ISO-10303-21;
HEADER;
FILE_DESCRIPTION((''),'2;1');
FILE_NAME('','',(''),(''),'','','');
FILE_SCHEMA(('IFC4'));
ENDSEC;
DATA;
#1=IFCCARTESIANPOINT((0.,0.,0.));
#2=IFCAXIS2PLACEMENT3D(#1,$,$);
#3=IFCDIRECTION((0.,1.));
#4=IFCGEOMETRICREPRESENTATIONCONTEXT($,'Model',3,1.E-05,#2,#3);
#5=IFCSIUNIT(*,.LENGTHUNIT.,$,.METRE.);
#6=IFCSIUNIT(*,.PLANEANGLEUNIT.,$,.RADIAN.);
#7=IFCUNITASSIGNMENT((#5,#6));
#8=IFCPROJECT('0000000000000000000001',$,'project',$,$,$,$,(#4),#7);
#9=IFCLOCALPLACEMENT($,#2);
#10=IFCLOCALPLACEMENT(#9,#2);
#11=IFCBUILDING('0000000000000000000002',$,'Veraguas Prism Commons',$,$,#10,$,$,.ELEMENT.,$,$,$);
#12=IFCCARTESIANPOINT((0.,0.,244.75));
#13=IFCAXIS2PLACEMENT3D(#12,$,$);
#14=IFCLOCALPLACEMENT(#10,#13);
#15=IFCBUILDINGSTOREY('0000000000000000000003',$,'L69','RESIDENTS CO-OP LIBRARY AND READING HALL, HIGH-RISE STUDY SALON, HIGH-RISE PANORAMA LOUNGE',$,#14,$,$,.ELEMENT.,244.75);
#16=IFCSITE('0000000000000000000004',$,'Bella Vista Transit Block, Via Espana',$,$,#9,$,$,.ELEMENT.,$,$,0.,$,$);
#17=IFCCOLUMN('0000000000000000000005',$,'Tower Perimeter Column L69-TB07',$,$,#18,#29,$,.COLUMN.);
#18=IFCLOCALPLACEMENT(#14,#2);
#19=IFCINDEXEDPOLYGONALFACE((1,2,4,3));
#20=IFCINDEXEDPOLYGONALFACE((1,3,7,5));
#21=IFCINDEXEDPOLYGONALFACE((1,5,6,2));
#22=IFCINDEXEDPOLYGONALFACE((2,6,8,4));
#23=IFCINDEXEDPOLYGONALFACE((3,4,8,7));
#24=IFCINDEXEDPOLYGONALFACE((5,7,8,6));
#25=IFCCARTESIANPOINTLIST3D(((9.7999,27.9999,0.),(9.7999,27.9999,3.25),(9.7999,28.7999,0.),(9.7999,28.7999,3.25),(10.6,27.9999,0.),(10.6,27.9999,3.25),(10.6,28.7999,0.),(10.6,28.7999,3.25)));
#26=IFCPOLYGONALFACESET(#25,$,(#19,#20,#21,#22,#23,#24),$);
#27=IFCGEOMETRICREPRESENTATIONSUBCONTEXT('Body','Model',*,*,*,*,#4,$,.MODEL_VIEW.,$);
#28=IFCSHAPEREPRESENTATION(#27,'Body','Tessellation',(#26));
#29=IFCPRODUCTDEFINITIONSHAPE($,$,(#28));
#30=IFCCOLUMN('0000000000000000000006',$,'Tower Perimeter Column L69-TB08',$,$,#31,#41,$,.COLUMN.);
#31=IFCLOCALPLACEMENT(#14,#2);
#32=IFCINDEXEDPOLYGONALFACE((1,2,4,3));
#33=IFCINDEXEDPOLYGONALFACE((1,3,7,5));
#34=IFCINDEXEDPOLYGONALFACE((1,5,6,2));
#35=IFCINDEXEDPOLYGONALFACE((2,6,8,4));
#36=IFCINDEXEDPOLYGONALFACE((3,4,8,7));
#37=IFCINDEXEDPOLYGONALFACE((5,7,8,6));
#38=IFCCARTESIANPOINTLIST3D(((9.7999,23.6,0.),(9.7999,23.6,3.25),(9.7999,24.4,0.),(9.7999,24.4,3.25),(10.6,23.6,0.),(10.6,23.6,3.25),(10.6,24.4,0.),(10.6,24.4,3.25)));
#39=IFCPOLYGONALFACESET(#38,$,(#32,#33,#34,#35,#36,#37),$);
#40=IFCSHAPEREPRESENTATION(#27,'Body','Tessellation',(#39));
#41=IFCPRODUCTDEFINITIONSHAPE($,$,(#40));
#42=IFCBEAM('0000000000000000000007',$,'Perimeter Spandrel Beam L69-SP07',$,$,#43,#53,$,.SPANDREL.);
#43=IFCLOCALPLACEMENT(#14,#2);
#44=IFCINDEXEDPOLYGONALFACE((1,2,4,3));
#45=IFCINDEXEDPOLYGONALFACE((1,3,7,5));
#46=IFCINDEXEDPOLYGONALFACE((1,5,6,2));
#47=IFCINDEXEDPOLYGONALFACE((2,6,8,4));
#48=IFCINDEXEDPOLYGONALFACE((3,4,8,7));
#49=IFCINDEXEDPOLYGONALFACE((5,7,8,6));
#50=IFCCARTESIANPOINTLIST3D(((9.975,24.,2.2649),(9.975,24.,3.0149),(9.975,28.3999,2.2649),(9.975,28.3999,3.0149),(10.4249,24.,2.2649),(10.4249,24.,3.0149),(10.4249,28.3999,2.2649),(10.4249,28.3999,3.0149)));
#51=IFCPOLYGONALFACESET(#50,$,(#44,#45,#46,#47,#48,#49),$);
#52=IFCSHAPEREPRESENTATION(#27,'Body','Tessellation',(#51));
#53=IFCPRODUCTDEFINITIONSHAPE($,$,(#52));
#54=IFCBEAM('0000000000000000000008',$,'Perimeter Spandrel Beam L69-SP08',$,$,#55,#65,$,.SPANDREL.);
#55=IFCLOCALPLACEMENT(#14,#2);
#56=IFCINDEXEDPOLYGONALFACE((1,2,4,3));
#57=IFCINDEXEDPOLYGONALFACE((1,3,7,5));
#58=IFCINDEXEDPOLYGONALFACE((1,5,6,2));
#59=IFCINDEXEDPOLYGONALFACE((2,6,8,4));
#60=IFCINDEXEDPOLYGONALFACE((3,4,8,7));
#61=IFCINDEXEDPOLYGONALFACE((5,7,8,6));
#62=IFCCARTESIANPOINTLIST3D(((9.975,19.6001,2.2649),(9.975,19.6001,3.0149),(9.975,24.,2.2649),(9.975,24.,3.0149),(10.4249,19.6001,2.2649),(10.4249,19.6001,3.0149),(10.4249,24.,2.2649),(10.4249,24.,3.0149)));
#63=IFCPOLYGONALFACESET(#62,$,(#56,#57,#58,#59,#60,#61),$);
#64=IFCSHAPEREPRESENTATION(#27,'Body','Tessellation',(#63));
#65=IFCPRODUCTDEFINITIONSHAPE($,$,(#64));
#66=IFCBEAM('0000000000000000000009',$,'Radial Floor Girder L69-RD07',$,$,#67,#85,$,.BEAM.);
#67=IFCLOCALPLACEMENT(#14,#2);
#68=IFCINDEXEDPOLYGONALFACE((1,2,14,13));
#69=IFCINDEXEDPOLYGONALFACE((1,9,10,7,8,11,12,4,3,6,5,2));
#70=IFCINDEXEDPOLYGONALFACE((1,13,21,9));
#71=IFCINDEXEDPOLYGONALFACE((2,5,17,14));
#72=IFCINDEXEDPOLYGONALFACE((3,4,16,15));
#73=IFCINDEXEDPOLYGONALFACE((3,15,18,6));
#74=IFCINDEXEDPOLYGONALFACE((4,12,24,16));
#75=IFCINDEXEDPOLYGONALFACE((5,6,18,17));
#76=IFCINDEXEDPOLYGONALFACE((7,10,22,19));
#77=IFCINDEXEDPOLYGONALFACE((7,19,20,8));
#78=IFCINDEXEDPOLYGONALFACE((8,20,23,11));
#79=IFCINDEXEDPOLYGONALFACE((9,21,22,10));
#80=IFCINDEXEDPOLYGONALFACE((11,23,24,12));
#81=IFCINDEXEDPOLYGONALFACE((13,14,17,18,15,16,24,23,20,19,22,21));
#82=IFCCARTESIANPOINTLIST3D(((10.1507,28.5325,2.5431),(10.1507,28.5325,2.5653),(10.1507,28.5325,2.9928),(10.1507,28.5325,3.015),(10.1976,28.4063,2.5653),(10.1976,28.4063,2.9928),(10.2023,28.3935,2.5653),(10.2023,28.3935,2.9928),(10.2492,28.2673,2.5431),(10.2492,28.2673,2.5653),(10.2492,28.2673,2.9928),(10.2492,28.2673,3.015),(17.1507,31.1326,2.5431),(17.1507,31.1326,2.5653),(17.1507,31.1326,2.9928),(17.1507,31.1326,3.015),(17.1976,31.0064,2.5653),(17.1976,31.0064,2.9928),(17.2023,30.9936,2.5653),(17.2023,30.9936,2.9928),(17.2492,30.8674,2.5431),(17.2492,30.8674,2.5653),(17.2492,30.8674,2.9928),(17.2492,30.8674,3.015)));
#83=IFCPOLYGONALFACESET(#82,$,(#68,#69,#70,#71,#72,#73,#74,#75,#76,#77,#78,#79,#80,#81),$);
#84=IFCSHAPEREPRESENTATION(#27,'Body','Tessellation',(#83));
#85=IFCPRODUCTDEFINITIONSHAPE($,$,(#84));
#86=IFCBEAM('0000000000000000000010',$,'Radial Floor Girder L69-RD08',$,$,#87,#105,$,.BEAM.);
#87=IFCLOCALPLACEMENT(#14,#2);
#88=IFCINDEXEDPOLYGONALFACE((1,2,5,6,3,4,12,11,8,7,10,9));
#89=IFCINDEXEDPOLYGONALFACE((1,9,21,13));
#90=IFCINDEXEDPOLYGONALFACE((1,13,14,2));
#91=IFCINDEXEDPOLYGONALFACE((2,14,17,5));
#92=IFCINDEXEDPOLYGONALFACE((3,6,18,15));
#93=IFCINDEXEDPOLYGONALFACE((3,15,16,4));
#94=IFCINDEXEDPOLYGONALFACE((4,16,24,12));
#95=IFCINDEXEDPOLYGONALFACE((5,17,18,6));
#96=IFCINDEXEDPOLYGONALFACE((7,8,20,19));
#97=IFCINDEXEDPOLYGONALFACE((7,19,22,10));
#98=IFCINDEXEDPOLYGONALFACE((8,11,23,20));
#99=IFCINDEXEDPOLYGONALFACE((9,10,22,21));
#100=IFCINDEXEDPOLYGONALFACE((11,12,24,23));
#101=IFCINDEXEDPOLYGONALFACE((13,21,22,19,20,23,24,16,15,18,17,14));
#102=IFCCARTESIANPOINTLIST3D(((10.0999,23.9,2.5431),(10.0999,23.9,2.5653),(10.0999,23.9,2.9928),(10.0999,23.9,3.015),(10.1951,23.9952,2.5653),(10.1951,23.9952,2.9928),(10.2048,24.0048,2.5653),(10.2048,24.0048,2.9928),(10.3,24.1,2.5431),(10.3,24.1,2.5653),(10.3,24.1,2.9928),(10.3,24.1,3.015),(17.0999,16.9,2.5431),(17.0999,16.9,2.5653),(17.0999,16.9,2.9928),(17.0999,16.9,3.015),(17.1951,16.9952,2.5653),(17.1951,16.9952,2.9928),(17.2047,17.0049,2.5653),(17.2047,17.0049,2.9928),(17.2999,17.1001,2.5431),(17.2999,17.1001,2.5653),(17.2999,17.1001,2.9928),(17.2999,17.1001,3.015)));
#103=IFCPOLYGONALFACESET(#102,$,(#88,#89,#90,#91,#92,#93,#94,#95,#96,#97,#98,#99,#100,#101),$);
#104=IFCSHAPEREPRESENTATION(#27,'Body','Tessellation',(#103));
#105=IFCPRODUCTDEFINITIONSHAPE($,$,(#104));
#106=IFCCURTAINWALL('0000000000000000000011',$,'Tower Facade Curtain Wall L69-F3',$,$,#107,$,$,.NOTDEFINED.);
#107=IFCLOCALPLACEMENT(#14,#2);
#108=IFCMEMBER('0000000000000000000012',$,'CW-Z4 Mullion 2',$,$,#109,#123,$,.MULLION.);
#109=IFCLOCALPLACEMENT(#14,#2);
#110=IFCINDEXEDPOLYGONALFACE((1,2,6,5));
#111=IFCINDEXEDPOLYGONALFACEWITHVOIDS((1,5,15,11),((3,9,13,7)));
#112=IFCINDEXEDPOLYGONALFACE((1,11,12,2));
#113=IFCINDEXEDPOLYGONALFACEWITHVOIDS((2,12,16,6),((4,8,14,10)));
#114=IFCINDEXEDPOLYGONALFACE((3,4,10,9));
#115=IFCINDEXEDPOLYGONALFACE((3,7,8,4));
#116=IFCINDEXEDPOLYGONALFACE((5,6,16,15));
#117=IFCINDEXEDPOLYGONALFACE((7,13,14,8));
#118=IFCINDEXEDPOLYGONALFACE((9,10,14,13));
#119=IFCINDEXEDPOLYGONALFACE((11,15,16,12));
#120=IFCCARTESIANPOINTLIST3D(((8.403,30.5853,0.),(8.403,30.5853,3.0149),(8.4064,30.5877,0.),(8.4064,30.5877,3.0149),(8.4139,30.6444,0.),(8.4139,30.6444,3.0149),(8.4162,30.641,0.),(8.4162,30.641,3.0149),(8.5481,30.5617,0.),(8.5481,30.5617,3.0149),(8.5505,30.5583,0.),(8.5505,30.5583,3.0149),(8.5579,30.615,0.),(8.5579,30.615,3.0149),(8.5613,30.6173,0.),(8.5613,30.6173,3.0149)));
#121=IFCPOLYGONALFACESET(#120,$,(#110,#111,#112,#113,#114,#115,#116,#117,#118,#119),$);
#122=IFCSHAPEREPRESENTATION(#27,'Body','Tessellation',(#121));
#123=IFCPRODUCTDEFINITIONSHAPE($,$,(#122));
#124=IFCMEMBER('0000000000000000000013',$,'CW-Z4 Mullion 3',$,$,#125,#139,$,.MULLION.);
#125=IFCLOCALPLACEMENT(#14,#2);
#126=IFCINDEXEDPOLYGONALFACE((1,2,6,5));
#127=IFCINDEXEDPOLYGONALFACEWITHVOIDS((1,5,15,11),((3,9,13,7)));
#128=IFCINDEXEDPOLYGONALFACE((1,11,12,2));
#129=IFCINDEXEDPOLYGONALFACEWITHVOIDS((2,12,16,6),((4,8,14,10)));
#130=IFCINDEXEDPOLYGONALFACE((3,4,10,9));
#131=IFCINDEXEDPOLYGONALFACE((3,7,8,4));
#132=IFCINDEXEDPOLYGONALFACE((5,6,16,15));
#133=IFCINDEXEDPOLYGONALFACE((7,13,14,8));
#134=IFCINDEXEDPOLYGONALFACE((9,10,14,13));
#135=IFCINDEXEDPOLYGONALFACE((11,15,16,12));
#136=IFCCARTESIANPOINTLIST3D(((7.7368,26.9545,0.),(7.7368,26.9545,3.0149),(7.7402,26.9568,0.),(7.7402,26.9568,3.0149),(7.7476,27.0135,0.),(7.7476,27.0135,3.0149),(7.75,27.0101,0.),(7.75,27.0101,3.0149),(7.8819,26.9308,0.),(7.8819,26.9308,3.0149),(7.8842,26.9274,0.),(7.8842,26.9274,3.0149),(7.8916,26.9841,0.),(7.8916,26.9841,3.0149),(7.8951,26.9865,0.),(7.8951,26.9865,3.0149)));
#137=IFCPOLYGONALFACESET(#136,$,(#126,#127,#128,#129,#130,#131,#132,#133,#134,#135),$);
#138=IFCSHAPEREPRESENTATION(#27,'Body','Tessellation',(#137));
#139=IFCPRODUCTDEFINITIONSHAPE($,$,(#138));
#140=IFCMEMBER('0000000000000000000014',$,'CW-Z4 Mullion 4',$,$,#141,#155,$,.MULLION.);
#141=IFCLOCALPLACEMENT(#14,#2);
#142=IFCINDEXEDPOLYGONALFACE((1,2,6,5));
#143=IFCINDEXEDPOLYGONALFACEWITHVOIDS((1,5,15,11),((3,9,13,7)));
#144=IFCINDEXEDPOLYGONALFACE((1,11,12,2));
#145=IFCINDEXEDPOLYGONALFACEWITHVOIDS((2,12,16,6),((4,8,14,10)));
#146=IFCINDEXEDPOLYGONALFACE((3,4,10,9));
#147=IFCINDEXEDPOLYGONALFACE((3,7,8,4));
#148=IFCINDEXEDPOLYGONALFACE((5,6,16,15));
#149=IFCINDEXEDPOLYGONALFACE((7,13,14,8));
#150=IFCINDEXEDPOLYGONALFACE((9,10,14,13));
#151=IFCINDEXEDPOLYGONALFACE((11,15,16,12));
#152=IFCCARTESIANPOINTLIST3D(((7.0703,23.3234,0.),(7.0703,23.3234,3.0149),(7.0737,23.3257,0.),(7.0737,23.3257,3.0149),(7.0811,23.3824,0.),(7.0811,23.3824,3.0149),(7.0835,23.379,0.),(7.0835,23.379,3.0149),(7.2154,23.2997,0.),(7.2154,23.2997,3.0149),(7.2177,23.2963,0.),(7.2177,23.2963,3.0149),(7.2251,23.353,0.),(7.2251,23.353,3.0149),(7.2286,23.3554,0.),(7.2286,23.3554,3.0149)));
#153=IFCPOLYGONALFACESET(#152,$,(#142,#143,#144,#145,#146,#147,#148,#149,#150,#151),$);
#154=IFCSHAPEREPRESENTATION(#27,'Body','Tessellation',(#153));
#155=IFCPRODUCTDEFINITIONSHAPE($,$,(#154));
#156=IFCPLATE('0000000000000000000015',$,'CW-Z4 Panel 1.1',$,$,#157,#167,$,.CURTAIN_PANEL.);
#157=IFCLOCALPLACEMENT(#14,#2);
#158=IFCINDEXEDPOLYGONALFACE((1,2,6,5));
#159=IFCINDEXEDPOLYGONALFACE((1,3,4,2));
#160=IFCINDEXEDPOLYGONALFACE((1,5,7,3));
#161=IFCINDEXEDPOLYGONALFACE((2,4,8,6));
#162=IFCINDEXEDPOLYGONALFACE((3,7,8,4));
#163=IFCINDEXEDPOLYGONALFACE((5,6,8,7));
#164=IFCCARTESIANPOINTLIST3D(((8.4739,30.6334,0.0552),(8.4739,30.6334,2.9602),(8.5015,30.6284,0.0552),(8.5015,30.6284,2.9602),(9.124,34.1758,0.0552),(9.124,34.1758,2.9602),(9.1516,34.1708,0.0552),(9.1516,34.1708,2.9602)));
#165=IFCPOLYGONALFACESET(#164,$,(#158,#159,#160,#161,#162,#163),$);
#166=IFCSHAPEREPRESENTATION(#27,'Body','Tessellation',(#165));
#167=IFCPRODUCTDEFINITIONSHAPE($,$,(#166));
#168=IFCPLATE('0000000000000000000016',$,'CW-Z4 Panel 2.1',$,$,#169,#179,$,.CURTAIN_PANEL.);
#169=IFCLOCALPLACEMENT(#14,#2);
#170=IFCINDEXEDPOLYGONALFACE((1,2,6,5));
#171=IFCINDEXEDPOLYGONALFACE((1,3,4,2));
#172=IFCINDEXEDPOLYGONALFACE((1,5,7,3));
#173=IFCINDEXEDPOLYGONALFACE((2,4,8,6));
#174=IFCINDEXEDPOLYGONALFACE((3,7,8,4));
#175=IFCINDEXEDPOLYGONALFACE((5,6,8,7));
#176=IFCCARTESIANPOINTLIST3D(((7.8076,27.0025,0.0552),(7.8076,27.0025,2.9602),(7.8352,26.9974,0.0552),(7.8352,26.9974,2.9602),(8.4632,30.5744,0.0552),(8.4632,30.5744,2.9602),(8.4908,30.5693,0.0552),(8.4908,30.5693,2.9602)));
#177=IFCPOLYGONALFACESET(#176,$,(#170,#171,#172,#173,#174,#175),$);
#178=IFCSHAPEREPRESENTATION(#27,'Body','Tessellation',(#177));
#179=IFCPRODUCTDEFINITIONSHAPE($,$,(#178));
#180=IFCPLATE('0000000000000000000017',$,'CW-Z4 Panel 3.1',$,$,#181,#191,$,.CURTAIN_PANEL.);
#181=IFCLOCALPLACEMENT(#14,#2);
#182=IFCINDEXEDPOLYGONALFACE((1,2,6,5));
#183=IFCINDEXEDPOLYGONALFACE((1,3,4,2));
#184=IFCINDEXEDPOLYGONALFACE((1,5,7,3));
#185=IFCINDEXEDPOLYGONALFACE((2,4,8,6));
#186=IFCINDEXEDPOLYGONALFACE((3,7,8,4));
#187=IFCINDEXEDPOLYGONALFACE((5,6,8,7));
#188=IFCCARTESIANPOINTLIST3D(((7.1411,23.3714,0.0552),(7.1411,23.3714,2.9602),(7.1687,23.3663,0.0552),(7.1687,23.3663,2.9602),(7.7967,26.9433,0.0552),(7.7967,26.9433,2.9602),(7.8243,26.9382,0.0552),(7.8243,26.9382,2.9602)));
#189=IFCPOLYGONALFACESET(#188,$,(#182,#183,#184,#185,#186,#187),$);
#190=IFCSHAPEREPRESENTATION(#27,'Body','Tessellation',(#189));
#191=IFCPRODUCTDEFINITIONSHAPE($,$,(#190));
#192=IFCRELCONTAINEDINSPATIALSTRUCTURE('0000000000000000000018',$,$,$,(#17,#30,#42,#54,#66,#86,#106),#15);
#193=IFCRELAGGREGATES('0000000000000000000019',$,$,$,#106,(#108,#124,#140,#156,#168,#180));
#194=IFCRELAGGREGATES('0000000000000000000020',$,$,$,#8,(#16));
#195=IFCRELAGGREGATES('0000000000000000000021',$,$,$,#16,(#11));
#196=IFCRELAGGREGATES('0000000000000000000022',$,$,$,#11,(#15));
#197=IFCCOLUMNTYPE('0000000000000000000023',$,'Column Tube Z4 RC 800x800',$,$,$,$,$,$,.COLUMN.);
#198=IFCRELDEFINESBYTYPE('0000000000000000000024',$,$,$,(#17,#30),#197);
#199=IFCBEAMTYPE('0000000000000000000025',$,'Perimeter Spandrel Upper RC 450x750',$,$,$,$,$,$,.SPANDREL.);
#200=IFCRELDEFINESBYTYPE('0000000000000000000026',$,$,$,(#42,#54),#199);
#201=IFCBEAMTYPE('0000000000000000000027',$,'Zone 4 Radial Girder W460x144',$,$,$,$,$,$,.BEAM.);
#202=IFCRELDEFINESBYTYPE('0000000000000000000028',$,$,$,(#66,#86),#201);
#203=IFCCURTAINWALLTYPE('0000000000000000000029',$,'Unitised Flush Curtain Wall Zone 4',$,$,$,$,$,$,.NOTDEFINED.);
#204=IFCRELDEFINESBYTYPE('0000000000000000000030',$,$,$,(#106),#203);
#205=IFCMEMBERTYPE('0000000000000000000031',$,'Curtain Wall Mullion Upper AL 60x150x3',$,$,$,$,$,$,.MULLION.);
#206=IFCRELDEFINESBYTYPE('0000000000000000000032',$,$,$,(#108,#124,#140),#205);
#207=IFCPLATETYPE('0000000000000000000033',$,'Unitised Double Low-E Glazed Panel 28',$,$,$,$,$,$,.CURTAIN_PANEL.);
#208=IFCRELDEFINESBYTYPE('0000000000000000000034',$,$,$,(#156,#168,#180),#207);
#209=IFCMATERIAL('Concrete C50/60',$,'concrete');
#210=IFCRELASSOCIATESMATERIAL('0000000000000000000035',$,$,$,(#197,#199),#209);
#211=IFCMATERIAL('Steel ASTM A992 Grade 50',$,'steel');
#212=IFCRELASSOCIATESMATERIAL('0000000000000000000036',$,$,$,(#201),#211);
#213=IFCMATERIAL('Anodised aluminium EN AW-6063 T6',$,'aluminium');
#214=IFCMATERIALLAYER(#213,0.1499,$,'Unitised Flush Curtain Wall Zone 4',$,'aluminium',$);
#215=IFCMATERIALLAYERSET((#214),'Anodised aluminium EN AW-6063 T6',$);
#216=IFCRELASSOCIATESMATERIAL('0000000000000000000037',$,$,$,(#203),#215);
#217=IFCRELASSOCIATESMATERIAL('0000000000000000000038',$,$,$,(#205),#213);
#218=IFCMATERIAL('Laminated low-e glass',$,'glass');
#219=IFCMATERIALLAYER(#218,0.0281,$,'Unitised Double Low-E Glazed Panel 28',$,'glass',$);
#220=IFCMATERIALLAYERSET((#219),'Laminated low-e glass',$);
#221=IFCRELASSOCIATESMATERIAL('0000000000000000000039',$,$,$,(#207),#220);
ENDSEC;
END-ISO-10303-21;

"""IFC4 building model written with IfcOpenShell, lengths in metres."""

from ifc_helpers import new_model, si_unit, direction, frame, origin, origin_2d, place, context, subcontext, project, spatial, rectangle, hollow_rectangle, i_section, extrude, source, transform, mapped, material, layer, layer_set, material_profile, profile_set, type_object, element, aggregate, save


model = new_model("IFC4")

# Units and contexts
model_context = context("Model", 3, precision=1e-05, world=origin(), true_north=direction((0.0, 1.0)))
body_context = subcontext(model_context, "Body", "Model", "MODEL_VIEW")
ifc_project = project(units=[si_unit("LENGTHUNIT", "METRE"), si_unit("PLANEANGLEUNIT", "RADIAN")], contexts=[model_context])

# Site, building, storey
site_placement = place(None, origin())
site = spatial("IfcSite", under=ifc_project, at=site_placement, Name="Bella Vista Transit Block, Via Espana", CompositionType="ELEMENT", RefElevation=0.0)
building_placement = place(site_placement, origin())
building = spatial("IfcBuilding", under=site, at=building_placement, Name="Veraguas Prism Commons", CompositionType="ELEMENT")
storey_placement = place(building_placement, frame((0.0, 0.0, 244.75)))
storey = spatial("IfcBuildingStorey", under=building, at=storey_placement, Name="L69", Description="RESIDENTS CO-OP LIBRARY AND READING HALL, HIGH-RISE STUDY SALON, HIGH-RISE PANORAMA LOUNGE", CompositionType="ELEMENT", Elevation=244.75)

# Columns
ifc_material_1 = material(Name="Concrete C50/60", Category="concrete")
ifc_material_profile_1 = material_profile(ifc_material_1, rectangle(XDim=0.8, YDim=0.8, at=origin_2d()), Name="RC800X800")
ifc_profile_set_1 = profile_set([ifc_material_profile_1], Name="Concrete C50/60")
column_type = type_object("IfcColumnType", Name="Column Tube Z4 RC 800x800", PredefinedType="COLUMN", material=ifc_profile_set_1)
for number, where, z_axis, x_axis, name in (
    (1, (10.2, 28.3999, 0.0), (0.0, 0.0, 1.0), (1.0, 0.0, 0.0), "Tower Perimeter Column L69-TB07"),
    (2, (10.2, 24.0, 0.0), (0.0, 0.0, 1.0), (1.0, 0.0, 0.0), "Tower Perimeter Column L69-TB08"),
):
    element("IfcColumn", number, at=place(storey_placement, frame(where, z_axis=z_axis, x_axis=x_axis)), inside=storey, type_object=column_type, Name=name, PredefinedType="COLUMN", context=body_context, shape_type="SweptSolid", body=[
        extrude(rectangle(XDim=0.8, YDim=0.8, at=origin_2d()), origin(), (0.0, 0.0, 1.0), 3.25),
    ])

# Beams
ifc_material_profile_2 = material_profile(ifc_material_1, rectangle(XDim=0.45, YDim=0.75, at=origin_2d()), Name="RC450X750")
ifc_profile_set_2 = profile_set([ifc_material_profile_2], Name="Concrete C50/60")
beam_type_1 = type_object("IfcBeamType", Name="Perimeter Spandrel Upper RC 450x750", PredefinedType="SPANDREL", material=ifc_profile_set_2)
for number, where, z_axis, x_axis, name in (
    (3, (10.2, 28.3999, 2.6399), (0.0, -1.0, 0.0), (1.0, 0.0, 0.0), "Perimeter Spandrel Beam L69-SP07"),
    (4, (10.2, 24.0, 2.6399), (0.0, -1.0, 0.0), (1.0, 0.0, 0.0), "Perimeter Spandrel Beam L69-SP08"),
):
    element("IfcBeam", number, at=place(storey_placement, frame(where, z_axis=z_axis, x_axis=x_axis)), inside=storey, type_object=beam_type_1, Name=name, PredefinedType="SPANDREL", context=body_context, shape_type="SweptSolid", body=[
        extrude(rectangle(XDim=0.45, YDim=0.75, at=origin_2d()), origin(), (0.0, 0.0, 1.0), 4.3999),
    ])
ifc_material_2 = material(Name="Steel ASTM A992 Grade 50", Category="steel")
ifc_material_profile_3 = material_profile(ifc_material_2, i_section(OverallWidth=0.283, OverallDepth=0.4719, WebThickness=0.0137, FlangeThickness=0.0222, at=origin_2d()), Name="W460X144")
ifc_profile_set_3 = profile_set([ifc_material_profile_3], Name="Steel ASTM A992 Grade 50")
beam_type_2 = type_object("IfcBeamType", Name="Zone 4 Radial Girder W460x144", PredefinedType="BEAM", material=ifc_profile_set_3)
beam_1_placement = place(storey_placement, frame((10.2, 28.3999, 2.7791), z_axis=(0.937421, 0.348198, 0.0), x_axis=(-0.348198, 0.937421, 0.0)))
element("IfcBeam", 5, at=beam_1_placement, inside=storey, type_object=beam_type_2, Name="Radial Floor Girder L69-RD07", PredefinedType="BEAM", context=body_context, shape_type="SweptSolid", body=[
    extrude(i_section(OverallWidth=0.283, OverallDepth=0.4719, WebThickness=0.0137, FlangeThickness=0.0222, at=origin_2d()), origin(), (0.0, 0.0, 1.0), 7.4673),
])
beam_2_placement = place(storey_placement, frame((10.2, 24.0, 2.7791), z_axis=(0.707107, -0.707107, 0.0), x_axis=(0.707107, 0.707107, 0.0)))
element("IfcBeam", 6, at=beam_2_placement, inside=storey, type_object=beam_type_2, Name="Radial Floor Girder L69-RD08", PredefinedType="BEAM", context=body_context, shape_type="SweptSolid", body=[
    extrude(i_section(OverallWidth=0.283, OverallDepth=0.4719, WebThickness=0.0137, FlangeThickness=0.0222, at=origin_2d()), origin(), (0.0, 0.0, 1.0), 9.8994),
])

# Curtain wall, members, plates
ifc_material_3 = material(Name="Anodised aluminium EN AW-6063 T6", Category="aluminium")
ifc_layer_1 = layer(ifc_material_3, 0.1499, Name="Unitised Flush Curtain Wall Zone 4", Category="aluminium")
ifc_layer_set_1 = layer_set([ifc_layer_1], Name="Anodised aluminium EN AW-6063 T6")
curtain_wall_type = type_object("IfcCurtainWallType", Name="Unitised Flush Curtain Wall Zone 4", PredefinedType="NOTDEFINED", material=ifc_layer_set_1)
curtain_wall_placement = place(storey_placement, origin())
curtain_wall = element("IfcCurtainWall", 7, at=curtain_wall_placement, inside=storey, type_object=curtain_wall_type, Name="Tower Facade Curtain Wall L69-F3", PredefinedType="NOTDEFINED")
ifc_material_profile_4 = material_profile(ifc_material_3, hollow_rectangle(XDim=0.0601, YDim=0.1499, WallThickness=0.0029, at=origin_2d()), Name="AL60X150X3")
ifc_profile_set_4 = profile_set([ifc_material_profile_4], Name="Anodised aluminium EN AW-6063 T6")
member_type = type_object("IfcMemberType", Name="Curtain Wall Mullion Upper AL 60x150x3", PredefinedType="MULLION", material=ifc_profile_set_4)
shared_shape_1 = source(origin(), body_context, "Body", "SweptSolid", [
    extrude(hollow_rectangle(XDim=0.0601, YDim=0.1499, WallThickness=0.0029, at=origin_2d()), origin(), (0.0, 0.0, 1.0), 3.0149),
])
member_1_placement = place(storey_placement, frame((8.4822, 30.6013, 0.0), z_axis=(0.0, 0.0, 1.0), x_axis=(-0.180524, -0.983571, 0.0)))
member_1 = element("IfcMember", 8, at=member_1_placement, type_object=member_type, Name="CW-Z4 Mullion 2", PredefinedType="MULLION", context=body_context, shape_type="MappedRepresentation", body=[
    mapped(shared_shape_1, transform((0.0, 0.0, 0.0), scale=1.0)),
])
member_2_placement = place(storey_placement, frame((7.8159, 26.9705, 0.0), z_axis=(0.0, 0.0, 1.0), x_axis=(-0.180524, -0.983571, 0.0)))
member_2 = element("IfcMember", 9, at=member_2_placement, type_object=member_type, Name="CW-Z4 Mullion 3", PredefinedType="MULLION", context=body_context, shape_type="MappedRepresentation", body=[
    mapped(shared_shape_1, transform((0.0, 0.0, 0.0), scale=1.0)),
])
member_3_placement = place(storey_placement, frame((7.1494, 23.3394, 0.0), z_axis=(0.0, 0.0, 1.0), x_axis=(-0.180524, -0.983571, 0.0)))
member_3 = element("IfcMember", 10, at=member_3_placement, type_object=member_type, Name="CW-Z4 Mullion 4", PredefinedType="MULLION", context=body_context, shape_type="MappedRepresentation", body=[
    mapped(shared_shape_1, transform((0.0, 0.0, 0.0), scale=1.0)),
])
ifc_material_4 = material(Name="Laminated low-e glass", Category="glass")
ifc_layer_2 = layer(ifc_material_4, 0.0281, Name="Unitised Double Low-E Glazed Panel 28", Category="glass")
ifc_layer_set_2 = layer_set([ifc_layer_2], Name="Laminated low-e glass")
plate_type = type_object("IfcPlateType", Name="Unitised Double Low-E Glazed Panel 28", PredefinedType="CURTAIN_PANEL", material=ifc_layer_set_2)
shared_shape_2 = source(origin(), body_context, "Body", "SweptSolid", [
    extrude(rectangle(XDim=3.6016, YDim=0.0281, at=origin_2d()), origin(), (0.0, 0.0, 1.0), 2.905),
])
plate_1_placement = place(storey_placement, frame((8.8127, 32.4021, 0.0552), z_axis=(0.0, 0.0, 1.0), x_axis=(-0.180524, -0.983571, 0.0)))
plate_1 = element("IfcPlate", 11, at=plate_1_placement, type_object=plate_type, Name="CW-Z4 Panel 1.1", PredefinedType="CURTAIN_PANEL", context=body_context, shape_type="MappedRepresentation", body=[
    mapped(shared_shape_2, transform((0.0, 0.0, 0.0), scale=1.0)),
])
shared_shape_3 = source(origin(), body_context, "Body", "SweptSolid", [
    extrude(rectangle(XDim=3.6316, YDim=0.0281, at=origin_2d()), origin(), (0.0, 0.0, 1.0), 2.905),
])
plate_2_placement = place(storey_placement, frame((8.1492, 28.7859, 0.0552), z_axis=(0.0, 0.0, 1.0), x_axis=(-0.180524, -0.983571, 0.0)))
plate_2 = element("IfcPlate", 12, at=plate_2_placement, type_object=plate_type, Name="CW-Z4 Panel 2.1", PredefinedType="CURTAIN_PANEL", context=body_context, shape_type="MappedRepresentation", body=[
    mapped(shared_shape_3, transform((0.0, 0.0, 0.0), scale=1.0)),
])
plate_3_placement = place(storey_placement, frame((7.4827, 25.1548, 0.0552), z_axis=(0.0, 0.0, 1.0), x_axis=(-0.180524, -0.983571, 0.0)))
plate_3 = element("IfcPlate", 13, at=plate_3_placement, type_object=plate_type, Name="CW-Z4 Panel 3.1", PredefinedType="CURTAIN_PANEL", context=body_context, shape_type="MappedRepresentation", body=[
    mapped(shared_shape_3, transform((0.0, 0.0, 0.0), scale=1.0)),
])
aggregate(curtain_wall, [member_1, member_2, member_3, plate_1, plate_2, plate_3])

save(model, "model.ifc")
